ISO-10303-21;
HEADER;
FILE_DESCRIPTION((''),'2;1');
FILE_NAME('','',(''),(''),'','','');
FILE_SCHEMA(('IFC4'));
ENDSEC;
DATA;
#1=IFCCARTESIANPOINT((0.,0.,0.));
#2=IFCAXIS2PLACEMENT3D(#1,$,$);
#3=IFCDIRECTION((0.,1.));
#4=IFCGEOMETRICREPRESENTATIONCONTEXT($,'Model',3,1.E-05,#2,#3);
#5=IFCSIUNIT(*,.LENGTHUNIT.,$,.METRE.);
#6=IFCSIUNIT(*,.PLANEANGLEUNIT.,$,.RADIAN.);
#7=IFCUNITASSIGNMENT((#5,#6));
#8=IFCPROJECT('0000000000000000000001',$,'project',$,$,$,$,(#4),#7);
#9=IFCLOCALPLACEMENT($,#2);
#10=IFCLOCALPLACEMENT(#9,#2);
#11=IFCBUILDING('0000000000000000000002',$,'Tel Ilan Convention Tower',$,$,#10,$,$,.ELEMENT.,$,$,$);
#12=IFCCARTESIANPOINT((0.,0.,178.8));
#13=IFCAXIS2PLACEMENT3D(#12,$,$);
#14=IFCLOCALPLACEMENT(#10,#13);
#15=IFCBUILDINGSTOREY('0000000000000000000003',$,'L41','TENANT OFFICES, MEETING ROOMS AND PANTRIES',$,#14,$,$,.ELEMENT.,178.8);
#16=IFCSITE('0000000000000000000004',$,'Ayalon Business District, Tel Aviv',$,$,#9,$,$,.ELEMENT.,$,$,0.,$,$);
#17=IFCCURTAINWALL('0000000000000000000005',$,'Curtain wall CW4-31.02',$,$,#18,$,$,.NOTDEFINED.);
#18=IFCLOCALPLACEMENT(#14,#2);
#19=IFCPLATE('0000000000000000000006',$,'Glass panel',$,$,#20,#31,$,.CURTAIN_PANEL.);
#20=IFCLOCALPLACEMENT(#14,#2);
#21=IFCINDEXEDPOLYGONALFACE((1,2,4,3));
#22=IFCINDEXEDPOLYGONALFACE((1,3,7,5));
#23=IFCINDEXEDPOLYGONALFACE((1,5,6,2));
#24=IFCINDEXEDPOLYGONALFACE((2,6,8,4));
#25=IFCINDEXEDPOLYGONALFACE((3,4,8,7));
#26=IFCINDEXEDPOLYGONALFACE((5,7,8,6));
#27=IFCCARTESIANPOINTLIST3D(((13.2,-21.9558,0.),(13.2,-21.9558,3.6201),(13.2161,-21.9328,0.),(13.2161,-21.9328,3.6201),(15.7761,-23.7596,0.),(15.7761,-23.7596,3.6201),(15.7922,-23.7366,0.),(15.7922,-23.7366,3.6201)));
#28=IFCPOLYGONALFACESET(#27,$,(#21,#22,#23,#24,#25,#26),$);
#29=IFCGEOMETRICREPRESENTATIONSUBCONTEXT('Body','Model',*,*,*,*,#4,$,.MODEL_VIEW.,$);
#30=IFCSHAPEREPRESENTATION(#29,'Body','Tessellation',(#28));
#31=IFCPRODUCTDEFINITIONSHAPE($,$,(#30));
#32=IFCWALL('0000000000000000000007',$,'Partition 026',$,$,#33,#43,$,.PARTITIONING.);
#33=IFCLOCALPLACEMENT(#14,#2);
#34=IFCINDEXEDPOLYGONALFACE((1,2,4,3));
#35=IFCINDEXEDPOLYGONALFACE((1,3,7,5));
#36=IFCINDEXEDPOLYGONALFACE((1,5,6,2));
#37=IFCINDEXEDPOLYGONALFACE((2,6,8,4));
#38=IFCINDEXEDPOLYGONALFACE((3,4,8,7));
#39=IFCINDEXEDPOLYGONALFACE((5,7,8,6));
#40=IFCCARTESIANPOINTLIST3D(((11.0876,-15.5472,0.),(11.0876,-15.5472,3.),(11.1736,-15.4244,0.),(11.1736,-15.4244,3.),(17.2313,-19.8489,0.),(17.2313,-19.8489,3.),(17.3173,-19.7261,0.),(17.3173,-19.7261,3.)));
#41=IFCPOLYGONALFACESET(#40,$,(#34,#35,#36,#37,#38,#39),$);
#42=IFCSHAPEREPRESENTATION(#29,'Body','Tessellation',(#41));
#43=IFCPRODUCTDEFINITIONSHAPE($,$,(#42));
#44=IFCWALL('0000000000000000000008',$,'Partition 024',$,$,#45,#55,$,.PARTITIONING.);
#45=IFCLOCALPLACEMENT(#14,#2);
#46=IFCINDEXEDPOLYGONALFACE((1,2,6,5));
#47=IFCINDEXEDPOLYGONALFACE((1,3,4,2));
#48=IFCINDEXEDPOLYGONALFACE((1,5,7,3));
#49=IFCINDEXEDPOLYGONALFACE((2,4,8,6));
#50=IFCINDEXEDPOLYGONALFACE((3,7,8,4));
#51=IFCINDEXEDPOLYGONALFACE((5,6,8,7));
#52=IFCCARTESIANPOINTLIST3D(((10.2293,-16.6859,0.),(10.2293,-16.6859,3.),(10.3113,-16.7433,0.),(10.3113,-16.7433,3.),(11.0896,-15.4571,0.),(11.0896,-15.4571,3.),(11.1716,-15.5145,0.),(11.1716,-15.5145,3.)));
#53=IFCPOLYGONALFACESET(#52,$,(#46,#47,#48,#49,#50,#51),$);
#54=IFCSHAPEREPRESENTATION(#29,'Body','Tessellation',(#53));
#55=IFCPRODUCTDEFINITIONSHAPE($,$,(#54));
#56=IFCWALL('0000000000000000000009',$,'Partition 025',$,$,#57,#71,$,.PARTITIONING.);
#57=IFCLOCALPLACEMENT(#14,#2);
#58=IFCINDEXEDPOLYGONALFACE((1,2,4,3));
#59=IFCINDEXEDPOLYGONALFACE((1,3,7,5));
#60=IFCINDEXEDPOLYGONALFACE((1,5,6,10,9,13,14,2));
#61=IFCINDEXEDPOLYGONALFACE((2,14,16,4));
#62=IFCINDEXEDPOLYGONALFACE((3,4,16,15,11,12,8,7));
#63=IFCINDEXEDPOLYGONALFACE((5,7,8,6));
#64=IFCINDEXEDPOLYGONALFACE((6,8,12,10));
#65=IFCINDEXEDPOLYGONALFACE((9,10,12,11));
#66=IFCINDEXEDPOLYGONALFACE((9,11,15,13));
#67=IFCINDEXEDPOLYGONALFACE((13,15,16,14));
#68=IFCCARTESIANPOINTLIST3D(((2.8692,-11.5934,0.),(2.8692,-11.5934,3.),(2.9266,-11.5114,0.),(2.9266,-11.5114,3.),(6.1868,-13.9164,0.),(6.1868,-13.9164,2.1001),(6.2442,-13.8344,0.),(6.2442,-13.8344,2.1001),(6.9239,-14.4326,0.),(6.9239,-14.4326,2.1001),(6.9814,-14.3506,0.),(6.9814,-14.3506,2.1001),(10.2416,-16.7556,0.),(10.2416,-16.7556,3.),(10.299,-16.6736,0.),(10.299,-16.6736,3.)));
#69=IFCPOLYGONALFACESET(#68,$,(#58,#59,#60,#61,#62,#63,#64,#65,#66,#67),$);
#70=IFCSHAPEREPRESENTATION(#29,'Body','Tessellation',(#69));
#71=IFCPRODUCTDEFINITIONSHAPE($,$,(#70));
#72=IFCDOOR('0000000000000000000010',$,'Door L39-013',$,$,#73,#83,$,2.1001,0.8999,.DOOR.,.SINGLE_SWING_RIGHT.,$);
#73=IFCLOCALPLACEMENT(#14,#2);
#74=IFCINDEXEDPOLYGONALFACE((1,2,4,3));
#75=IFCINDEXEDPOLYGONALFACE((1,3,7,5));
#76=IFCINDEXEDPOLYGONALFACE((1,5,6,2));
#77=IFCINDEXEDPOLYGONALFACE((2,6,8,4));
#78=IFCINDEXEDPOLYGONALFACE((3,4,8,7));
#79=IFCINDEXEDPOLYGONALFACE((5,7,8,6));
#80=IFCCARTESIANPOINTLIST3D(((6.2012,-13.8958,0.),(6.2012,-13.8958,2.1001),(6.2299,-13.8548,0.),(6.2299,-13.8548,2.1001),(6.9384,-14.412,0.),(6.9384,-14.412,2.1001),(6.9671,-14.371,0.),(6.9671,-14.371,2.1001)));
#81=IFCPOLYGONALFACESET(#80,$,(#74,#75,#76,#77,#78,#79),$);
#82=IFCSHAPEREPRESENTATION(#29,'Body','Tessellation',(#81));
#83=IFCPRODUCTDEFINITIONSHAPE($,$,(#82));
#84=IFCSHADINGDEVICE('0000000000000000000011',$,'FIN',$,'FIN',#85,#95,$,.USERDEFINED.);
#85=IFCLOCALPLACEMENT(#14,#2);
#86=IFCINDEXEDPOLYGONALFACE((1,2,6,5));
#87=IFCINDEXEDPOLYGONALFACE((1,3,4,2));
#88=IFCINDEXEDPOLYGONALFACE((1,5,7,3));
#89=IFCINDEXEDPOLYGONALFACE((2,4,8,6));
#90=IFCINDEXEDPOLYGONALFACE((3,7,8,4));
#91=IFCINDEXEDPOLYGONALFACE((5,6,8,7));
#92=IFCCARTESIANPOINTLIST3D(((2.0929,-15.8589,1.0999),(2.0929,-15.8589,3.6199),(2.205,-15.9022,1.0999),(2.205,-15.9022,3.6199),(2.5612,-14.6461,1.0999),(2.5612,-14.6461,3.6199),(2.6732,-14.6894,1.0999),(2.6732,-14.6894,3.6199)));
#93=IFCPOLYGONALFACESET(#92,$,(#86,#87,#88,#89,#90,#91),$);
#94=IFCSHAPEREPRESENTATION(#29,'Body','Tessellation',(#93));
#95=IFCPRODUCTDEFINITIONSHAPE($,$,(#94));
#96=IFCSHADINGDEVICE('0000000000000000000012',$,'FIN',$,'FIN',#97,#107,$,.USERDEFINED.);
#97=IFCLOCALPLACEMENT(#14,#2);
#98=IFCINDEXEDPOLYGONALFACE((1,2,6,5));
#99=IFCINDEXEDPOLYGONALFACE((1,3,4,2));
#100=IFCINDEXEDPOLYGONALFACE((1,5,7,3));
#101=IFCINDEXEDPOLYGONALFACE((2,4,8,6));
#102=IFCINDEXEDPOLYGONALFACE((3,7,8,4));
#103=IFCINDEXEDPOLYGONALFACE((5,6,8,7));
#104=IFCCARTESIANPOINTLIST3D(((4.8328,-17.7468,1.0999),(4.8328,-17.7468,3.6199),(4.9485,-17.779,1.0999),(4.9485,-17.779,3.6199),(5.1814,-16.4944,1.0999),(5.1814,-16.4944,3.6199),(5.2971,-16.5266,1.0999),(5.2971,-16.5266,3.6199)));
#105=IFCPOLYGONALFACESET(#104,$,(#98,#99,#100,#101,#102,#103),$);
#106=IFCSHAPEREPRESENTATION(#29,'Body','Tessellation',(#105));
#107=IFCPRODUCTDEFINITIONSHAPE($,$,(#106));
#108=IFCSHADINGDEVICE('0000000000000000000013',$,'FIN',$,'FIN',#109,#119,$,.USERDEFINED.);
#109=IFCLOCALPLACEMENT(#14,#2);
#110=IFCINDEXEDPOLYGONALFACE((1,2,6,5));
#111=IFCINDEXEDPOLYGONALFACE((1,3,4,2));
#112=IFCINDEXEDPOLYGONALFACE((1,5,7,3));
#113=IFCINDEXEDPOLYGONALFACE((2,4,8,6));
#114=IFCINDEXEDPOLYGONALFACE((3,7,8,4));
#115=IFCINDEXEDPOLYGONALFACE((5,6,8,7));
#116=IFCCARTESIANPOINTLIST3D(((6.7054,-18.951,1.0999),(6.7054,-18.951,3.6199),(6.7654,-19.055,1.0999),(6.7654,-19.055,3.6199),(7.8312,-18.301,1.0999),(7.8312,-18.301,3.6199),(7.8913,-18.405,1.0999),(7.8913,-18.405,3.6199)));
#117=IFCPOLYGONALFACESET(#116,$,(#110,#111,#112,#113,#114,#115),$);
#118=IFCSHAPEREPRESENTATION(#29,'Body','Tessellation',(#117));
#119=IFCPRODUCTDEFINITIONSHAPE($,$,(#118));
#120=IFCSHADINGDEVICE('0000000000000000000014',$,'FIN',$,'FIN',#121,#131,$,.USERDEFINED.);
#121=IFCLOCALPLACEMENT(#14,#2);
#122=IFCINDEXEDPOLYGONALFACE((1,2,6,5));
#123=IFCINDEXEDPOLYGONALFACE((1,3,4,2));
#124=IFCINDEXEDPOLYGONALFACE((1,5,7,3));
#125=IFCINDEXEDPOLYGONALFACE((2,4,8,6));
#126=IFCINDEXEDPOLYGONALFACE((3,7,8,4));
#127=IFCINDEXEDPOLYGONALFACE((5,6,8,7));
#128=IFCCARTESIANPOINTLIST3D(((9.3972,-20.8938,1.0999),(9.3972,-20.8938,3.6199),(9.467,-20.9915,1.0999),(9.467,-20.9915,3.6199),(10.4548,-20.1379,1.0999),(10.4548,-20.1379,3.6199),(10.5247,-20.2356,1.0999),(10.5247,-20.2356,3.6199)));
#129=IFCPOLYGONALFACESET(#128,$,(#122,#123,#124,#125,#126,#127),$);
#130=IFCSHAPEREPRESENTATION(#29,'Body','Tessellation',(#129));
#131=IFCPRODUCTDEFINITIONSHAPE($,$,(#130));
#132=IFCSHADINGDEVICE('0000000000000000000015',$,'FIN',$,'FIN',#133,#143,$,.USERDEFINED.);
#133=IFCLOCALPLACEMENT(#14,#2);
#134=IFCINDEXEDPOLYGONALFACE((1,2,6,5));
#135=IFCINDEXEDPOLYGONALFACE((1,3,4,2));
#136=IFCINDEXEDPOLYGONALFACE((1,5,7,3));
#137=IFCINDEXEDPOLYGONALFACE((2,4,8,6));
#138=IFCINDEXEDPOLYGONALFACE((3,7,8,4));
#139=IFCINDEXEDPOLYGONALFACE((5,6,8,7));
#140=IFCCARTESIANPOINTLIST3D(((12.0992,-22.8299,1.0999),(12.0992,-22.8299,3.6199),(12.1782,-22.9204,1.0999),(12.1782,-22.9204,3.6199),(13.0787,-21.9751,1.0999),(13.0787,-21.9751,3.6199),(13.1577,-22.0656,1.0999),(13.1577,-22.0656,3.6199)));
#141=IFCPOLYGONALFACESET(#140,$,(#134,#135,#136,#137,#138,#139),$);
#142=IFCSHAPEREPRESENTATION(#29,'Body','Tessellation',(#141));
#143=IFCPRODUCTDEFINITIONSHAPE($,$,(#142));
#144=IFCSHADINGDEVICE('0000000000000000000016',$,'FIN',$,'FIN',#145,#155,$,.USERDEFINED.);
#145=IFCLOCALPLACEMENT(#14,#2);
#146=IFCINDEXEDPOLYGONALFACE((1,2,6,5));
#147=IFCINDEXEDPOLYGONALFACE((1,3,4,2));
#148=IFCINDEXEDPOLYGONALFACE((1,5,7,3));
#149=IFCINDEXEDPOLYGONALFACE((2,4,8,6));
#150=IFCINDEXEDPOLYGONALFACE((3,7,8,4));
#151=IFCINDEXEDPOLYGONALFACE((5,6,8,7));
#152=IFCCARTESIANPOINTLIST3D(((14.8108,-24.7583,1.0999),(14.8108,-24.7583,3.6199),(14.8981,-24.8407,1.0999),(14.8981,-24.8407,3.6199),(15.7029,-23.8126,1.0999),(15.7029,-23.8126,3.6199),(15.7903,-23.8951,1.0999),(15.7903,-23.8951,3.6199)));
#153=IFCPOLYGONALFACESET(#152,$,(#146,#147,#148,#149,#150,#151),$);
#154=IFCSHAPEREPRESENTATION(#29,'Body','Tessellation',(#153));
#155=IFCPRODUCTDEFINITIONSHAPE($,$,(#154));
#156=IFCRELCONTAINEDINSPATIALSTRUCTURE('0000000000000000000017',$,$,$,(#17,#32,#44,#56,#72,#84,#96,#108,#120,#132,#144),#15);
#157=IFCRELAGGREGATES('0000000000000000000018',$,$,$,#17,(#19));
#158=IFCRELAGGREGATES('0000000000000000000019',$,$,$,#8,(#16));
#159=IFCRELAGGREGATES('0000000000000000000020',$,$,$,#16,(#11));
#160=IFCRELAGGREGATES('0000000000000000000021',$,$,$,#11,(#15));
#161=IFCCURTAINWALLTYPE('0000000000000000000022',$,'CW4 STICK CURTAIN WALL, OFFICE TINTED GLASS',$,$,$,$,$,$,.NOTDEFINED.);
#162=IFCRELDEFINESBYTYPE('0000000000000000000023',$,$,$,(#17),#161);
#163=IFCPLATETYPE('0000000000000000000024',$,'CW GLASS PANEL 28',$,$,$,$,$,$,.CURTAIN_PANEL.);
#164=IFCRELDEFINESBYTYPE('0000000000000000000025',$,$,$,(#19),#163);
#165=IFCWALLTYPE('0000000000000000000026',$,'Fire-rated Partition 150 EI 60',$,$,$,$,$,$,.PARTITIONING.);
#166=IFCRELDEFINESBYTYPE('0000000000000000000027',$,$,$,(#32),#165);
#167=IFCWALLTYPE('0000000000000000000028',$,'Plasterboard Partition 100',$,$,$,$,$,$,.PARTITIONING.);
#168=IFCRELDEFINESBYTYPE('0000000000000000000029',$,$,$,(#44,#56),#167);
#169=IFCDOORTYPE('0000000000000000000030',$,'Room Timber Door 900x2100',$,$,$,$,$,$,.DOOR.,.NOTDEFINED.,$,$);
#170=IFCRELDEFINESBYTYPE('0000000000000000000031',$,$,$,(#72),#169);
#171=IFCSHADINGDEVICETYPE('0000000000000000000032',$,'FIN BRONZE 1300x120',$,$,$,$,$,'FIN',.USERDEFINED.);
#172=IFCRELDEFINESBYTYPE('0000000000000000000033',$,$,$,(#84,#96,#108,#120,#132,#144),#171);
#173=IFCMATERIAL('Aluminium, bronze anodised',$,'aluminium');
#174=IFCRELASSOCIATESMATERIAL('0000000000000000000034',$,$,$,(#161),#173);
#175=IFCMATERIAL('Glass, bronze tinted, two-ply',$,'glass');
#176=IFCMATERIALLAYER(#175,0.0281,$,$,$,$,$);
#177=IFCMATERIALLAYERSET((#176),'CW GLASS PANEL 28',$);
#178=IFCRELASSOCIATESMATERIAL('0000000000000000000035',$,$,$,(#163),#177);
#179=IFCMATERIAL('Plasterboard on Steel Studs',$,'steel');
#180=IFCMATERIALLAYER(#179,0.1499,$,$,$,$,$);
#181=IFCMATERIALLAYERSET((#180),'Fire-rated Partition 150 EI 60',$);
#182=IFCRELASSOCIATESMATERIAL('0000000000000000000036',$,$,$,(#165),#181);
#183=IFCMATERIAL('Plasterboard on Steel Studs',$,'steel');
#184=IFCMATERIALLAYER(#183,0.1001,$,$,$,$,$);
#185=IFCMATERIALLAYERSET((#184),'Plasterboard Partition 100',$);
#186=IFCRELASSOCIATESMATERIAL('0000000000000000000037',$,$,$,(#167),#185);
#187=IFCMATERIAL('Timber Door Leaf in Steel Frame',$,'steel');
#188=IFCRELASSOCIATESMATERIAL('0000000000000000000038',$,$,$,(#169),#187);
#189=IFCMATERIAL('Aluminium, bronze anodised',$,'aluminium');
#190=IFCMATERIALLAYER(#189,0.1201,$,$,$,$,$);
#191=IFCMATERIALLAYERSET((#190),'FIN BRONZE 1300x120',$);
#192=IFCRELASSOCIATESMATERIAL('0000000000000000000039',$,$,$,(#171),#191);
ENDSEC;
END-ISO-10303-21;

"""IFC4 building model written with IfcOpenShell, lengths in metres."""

from ifc_helpers import new_model, si_unit, direction, frame, frame_2d, origin, origin_2d, place, context, subcontext, project, spatial, rectangle, extrude, material, layer, layer_set, type_object, element, fill, aggregate, save


model = new_model("IFC4")

# Units and contexts
model_context = context("Model", 3, precision=1e-05, world=origin(), true_north=direction((0.0, 1.0)))
body_context = subcontext(model_context, "Body", "Model", "MODEL_VIEW")
ifc_project = project(units=[si_unit("LENGTHUNIT", "METRE"), si_unit("PLANEANGLEUNIT", "RADIAN")], contexts=[model_context])

# Site, building, storey
site_placement = place(None, origin())
site = spatial("IfcSite", under=ifc_project, at=site_placement, Name="Ayalon Business District, Tel Aviv", CompositionType="ELEMENT", RefElevation=0.0)
building_placement = place(site_placement, origin())
building = spatial("IfcBuilding", under=site, at=building_placement, Name="Tel Ilan Convention Tower", CompositionType="ELEMENT")
storey_placement = place(building_placement, frame((0.0, 0.0, 178.8)))
storey = spatial("IfcBuildingStorey", under=building, at=storey_placement, Name="L41", Description="TENANT OFFICES, MEETING ROOMS AND PANTRIES", CompositionType="ELEMENT", Elevation=178.8)

# Curtain wall, plate
ifc_material_1 = material(Name="Aluminium, bronze anodised", Category="aluminium")
curtain_wall_type = type_object("IfcCurtainWallType", Name="CW4 STICK CURTAIN WALL, OFFICE TINTED GLASS", PredefinedType="NOTDEFINED", material=ifc_material_1)
curtain_wall_placement = place(storey_placement, origin())
curtain_wall = element("IfcCurtainWall", 1, at=curtain_wall_placement, inside=storey, type_object=curtain_wall_type, Name="Curtain wall CW4-31.02", PredefinedType="NOTDEFINED")
ifc_material_2 = material(Name="Glass, bronze tinted, two-ply", Category="glass")
ifc_layer_1 = layer(ifc_material_2, 0.0281)
ifc_layer_set_1 = layer_set([ifc_layer_1], Name="CW GLASS PANEL 28")
plate_type = type_object("IfcPlateType", Name="CW GLASS PANEL 28", PredefinedType="CURTAIN_PANEL", material=ifc_layer_set_1)
plate_1_placement = place(storey_placement, frame((14.4961, -22.8462, 0.0), z_axis=(0.0, 0.0, 1.0), x_axis=(0.819152, -0.573576, 0.0)))
plate_1 = element("IfcPlate", 2, at=plate_1_placement, type_object=plate_type, Name="Glass panel", PredefinedType="CURTAIN_PANEL", context=body_context, shape_type="SweptSolid", body=[
    extrude(rectangle(XDim=3.1448, YDim=0.0281, at=origin_2d()), origin(), (0.0, 0.0, 1.0), 3.6201),
])
aggregate(curtain_wall, [plate_1])

# Walls
ifc_material_3 = material(Name="Plasterboard on Steel Studs", Category="steel")
ifc_layer_2 = layer(ifc_material_3, 0.1499)
ifc_layer_set_2 = layer_set([ifc_layer_2], Name="Fire-rated Partition 150 EI 60")
wall_type_1 = type_object("IfcWallType", Name="Fire-rated Partition 150 EI 60", PredefinedType="PARTITIONING", material=ifc_layer_set_2)
wall_1_placement = place(storey_placement, frame((11.1306, -15.4858, 0.0), z_axis=(0.0, 0.0, 1.0), x_axis=(0.819163, -0.573561, 0.0)))
element("IfcWall", 3, at=wall_1_placement, inside=storey, type_object=wall_type_1, Name="Partition 026", PredefinedType="PARTITIONING", context=body_context, shape_type="SweptSolid", body=[
    extrude(rectangle(XDim=7.5, YDim=0.1499, at=frame_2d((3.75, 0.0))), origin(), (0.0, 0.0, 1.0), 3.0),
])
ifc_material_4 = material(Name="Plasterboard on Steel Studs", Category="steel")
ifc_layer_3 = layer(ifc_material_4, 0.1001)
ifc_layer_set_3 = layer_set([ifc_layer_3], Name="Plasterboard Partition 100")
wall_type_2 = type_object("IfcWallType", Name="Plasterboard Partition 100", PredefinedType="PARTITIONING", material=ifc_layer_set_3)
wall_2_placement = place(storey_placement, frame((11.1306, -15.4858, 0.0), z_axis=(0.0, 0.0, 1.0), x_axis=(-0.573561, -0.819163, 0.0)))
element("IfcWall", 4, at=wall_2_placement, inside=storey, type_object=wall_type_2, Name="Partition 024", PredefinedType="PARTITIONING", context=body_context, shape_type="SweptSolid", body=[
    extrude(rectangle(XDim=1.5, YDim=0.1001, at=frame_2d((0.75, 0.0))), origin(), (0.0, 0.0, 1.0), 3.0),
])

# Wall, opening, door
wall_3_placement = place(storey_placement, frame((10.2703, -16.7146, 0.0), z_axis=(0.0, 0.0, 1.0), x_axis=(-0.819154, 0.573573, 0.0)))
wall_3 = element("IfcWall", 5, at=wall_3_placement, inside=storey, type_object=wall_type_2, Name="Partition 025", PredefinedType="PARTITIONING", context=body_context, shape_type="SweptSolid", body=[
    extrude(rectangle(XDim=9.0, YDim=0.1001, at=frame_2d((4.5, 0.0))), origin(), (0.0, 0.0, 1.0), 3.0),
])
opening_placement = place(wall_3_placement, frame((4.05, 0.0, 0.0)))
opening = element("IfcOpeningElement", 6, at=opening_placement, cuts=wall_3, PredefinedType="OPENING", context=body_context, shape_type="SweptSolid", body=[
    extrude(rectangle(XDim=0.8999, YDim=2.1001, at=frame_2d((0.45, 1.05))), frame((0.0, 0.0601, 0.0), z_axis=(0.0, -1.0, 0.0), x_axis=(1.0, 0.0, 0.0)), (0.0, 0.0, 1.0), 0.1201),
])
ifc_material_5 = material(Name="Timber Door Leaf in Steel Frame", Category="steel")
door_type = type_object("IfcDoorType", Name="Room Timber Door 900x2100", OperationType="NOTDEFINED", PredefinedType="DOOR", material=ifc_material_5)
door_placement = place(opening_placement, origin())
door = element("IfcDoor", 7, at=door_placement, inside=storey, type_object=door_type, Name="Door L39-013", OperationType="SINGLE_SWING_RIGHT", OverallHeight=2.1001, OverallWidth=0.8999, PredefinedType="DOOR", context=body_context, shape_type="SweptSolid", body=[
    extrude(rectangle(XDim=0.8999, YDim=2.1001, at=frame_2d((0.45, 1.05))), frame((0.0, 0.0249, 0.0), z_axis=(0.0, -1.0, 0.0), x_axis=(1.0, 0.0, 0.0)), (0.0, 0.0, 1.0), 0.05),
])
fill(opening, door)

# Shading devices
ifc_material_6 = material(Name="Aluminium, bronze anodised", Category="aluminium")
ifc_layer_4 = layer(ifc_material_6, 0.1201)
ifc_layer_set_4 = layer_set([ifc_layer_4], Name="FIN BRONZE 1300x120")
shading_device_type = type_object("IfcShadingDeviceType", Name="FIN BRONZE 1300x120", ElementType="FIN", PredefinedType="USERDEFINED", material=ifc_layer_set_4)
for number, where, z_axis, x_axis, name in (
    (8, (2.3831, -15.2742, 1.0999), (0.0, 0.0, 1.0), (-0.360178, -0.932884, 0.0), "FIN"),
    (9, (5.0649, -17.1367, 1.0999), (0.0, 0.0, 1.0), (-0.268173, -0.963371, 0.0), "FIN"),
    (10, (7.2983, -18.678, 1.0999), (0.0, 0.0, 1.0), (-0.866025, -0.5, 0.0), "FIN"),
    (11, (9.9609, -20.5647, 1.0999), (0.0, 0.0, 1.0), (-0.813552, -0.581492, 0.0), "FIN"),
    (12, (12.6284, -22.4478, 1.0999), (0.0, 0.0, 1.0), (-0.753436, -0.657521, 0.0), "FIN"),
    (13, (15.3005, -24.3267, 1.0999), (0.0, 0.0, 1.0), (-0.686242, -0.727374, 0.0), "FIN"),
):
    element("IfcShadingDevice", number, at=place(storey_placement, frame(where, z_axis=z_axis, x_axis=x_axis)), inside=storey, type_object=shading_device_type, Name=name, ObjectType="FIN", PredefinedType="USERDEFINED", context=body_context, shape_type="SweptSolid", body=[
        extrude(rectangle(XDim=1.3, YDim=0.1201, at=origin_2d()), origin(), (0.0, 0.0, 1.0), 2.52),
    ])

save(model, "model.ifc")
